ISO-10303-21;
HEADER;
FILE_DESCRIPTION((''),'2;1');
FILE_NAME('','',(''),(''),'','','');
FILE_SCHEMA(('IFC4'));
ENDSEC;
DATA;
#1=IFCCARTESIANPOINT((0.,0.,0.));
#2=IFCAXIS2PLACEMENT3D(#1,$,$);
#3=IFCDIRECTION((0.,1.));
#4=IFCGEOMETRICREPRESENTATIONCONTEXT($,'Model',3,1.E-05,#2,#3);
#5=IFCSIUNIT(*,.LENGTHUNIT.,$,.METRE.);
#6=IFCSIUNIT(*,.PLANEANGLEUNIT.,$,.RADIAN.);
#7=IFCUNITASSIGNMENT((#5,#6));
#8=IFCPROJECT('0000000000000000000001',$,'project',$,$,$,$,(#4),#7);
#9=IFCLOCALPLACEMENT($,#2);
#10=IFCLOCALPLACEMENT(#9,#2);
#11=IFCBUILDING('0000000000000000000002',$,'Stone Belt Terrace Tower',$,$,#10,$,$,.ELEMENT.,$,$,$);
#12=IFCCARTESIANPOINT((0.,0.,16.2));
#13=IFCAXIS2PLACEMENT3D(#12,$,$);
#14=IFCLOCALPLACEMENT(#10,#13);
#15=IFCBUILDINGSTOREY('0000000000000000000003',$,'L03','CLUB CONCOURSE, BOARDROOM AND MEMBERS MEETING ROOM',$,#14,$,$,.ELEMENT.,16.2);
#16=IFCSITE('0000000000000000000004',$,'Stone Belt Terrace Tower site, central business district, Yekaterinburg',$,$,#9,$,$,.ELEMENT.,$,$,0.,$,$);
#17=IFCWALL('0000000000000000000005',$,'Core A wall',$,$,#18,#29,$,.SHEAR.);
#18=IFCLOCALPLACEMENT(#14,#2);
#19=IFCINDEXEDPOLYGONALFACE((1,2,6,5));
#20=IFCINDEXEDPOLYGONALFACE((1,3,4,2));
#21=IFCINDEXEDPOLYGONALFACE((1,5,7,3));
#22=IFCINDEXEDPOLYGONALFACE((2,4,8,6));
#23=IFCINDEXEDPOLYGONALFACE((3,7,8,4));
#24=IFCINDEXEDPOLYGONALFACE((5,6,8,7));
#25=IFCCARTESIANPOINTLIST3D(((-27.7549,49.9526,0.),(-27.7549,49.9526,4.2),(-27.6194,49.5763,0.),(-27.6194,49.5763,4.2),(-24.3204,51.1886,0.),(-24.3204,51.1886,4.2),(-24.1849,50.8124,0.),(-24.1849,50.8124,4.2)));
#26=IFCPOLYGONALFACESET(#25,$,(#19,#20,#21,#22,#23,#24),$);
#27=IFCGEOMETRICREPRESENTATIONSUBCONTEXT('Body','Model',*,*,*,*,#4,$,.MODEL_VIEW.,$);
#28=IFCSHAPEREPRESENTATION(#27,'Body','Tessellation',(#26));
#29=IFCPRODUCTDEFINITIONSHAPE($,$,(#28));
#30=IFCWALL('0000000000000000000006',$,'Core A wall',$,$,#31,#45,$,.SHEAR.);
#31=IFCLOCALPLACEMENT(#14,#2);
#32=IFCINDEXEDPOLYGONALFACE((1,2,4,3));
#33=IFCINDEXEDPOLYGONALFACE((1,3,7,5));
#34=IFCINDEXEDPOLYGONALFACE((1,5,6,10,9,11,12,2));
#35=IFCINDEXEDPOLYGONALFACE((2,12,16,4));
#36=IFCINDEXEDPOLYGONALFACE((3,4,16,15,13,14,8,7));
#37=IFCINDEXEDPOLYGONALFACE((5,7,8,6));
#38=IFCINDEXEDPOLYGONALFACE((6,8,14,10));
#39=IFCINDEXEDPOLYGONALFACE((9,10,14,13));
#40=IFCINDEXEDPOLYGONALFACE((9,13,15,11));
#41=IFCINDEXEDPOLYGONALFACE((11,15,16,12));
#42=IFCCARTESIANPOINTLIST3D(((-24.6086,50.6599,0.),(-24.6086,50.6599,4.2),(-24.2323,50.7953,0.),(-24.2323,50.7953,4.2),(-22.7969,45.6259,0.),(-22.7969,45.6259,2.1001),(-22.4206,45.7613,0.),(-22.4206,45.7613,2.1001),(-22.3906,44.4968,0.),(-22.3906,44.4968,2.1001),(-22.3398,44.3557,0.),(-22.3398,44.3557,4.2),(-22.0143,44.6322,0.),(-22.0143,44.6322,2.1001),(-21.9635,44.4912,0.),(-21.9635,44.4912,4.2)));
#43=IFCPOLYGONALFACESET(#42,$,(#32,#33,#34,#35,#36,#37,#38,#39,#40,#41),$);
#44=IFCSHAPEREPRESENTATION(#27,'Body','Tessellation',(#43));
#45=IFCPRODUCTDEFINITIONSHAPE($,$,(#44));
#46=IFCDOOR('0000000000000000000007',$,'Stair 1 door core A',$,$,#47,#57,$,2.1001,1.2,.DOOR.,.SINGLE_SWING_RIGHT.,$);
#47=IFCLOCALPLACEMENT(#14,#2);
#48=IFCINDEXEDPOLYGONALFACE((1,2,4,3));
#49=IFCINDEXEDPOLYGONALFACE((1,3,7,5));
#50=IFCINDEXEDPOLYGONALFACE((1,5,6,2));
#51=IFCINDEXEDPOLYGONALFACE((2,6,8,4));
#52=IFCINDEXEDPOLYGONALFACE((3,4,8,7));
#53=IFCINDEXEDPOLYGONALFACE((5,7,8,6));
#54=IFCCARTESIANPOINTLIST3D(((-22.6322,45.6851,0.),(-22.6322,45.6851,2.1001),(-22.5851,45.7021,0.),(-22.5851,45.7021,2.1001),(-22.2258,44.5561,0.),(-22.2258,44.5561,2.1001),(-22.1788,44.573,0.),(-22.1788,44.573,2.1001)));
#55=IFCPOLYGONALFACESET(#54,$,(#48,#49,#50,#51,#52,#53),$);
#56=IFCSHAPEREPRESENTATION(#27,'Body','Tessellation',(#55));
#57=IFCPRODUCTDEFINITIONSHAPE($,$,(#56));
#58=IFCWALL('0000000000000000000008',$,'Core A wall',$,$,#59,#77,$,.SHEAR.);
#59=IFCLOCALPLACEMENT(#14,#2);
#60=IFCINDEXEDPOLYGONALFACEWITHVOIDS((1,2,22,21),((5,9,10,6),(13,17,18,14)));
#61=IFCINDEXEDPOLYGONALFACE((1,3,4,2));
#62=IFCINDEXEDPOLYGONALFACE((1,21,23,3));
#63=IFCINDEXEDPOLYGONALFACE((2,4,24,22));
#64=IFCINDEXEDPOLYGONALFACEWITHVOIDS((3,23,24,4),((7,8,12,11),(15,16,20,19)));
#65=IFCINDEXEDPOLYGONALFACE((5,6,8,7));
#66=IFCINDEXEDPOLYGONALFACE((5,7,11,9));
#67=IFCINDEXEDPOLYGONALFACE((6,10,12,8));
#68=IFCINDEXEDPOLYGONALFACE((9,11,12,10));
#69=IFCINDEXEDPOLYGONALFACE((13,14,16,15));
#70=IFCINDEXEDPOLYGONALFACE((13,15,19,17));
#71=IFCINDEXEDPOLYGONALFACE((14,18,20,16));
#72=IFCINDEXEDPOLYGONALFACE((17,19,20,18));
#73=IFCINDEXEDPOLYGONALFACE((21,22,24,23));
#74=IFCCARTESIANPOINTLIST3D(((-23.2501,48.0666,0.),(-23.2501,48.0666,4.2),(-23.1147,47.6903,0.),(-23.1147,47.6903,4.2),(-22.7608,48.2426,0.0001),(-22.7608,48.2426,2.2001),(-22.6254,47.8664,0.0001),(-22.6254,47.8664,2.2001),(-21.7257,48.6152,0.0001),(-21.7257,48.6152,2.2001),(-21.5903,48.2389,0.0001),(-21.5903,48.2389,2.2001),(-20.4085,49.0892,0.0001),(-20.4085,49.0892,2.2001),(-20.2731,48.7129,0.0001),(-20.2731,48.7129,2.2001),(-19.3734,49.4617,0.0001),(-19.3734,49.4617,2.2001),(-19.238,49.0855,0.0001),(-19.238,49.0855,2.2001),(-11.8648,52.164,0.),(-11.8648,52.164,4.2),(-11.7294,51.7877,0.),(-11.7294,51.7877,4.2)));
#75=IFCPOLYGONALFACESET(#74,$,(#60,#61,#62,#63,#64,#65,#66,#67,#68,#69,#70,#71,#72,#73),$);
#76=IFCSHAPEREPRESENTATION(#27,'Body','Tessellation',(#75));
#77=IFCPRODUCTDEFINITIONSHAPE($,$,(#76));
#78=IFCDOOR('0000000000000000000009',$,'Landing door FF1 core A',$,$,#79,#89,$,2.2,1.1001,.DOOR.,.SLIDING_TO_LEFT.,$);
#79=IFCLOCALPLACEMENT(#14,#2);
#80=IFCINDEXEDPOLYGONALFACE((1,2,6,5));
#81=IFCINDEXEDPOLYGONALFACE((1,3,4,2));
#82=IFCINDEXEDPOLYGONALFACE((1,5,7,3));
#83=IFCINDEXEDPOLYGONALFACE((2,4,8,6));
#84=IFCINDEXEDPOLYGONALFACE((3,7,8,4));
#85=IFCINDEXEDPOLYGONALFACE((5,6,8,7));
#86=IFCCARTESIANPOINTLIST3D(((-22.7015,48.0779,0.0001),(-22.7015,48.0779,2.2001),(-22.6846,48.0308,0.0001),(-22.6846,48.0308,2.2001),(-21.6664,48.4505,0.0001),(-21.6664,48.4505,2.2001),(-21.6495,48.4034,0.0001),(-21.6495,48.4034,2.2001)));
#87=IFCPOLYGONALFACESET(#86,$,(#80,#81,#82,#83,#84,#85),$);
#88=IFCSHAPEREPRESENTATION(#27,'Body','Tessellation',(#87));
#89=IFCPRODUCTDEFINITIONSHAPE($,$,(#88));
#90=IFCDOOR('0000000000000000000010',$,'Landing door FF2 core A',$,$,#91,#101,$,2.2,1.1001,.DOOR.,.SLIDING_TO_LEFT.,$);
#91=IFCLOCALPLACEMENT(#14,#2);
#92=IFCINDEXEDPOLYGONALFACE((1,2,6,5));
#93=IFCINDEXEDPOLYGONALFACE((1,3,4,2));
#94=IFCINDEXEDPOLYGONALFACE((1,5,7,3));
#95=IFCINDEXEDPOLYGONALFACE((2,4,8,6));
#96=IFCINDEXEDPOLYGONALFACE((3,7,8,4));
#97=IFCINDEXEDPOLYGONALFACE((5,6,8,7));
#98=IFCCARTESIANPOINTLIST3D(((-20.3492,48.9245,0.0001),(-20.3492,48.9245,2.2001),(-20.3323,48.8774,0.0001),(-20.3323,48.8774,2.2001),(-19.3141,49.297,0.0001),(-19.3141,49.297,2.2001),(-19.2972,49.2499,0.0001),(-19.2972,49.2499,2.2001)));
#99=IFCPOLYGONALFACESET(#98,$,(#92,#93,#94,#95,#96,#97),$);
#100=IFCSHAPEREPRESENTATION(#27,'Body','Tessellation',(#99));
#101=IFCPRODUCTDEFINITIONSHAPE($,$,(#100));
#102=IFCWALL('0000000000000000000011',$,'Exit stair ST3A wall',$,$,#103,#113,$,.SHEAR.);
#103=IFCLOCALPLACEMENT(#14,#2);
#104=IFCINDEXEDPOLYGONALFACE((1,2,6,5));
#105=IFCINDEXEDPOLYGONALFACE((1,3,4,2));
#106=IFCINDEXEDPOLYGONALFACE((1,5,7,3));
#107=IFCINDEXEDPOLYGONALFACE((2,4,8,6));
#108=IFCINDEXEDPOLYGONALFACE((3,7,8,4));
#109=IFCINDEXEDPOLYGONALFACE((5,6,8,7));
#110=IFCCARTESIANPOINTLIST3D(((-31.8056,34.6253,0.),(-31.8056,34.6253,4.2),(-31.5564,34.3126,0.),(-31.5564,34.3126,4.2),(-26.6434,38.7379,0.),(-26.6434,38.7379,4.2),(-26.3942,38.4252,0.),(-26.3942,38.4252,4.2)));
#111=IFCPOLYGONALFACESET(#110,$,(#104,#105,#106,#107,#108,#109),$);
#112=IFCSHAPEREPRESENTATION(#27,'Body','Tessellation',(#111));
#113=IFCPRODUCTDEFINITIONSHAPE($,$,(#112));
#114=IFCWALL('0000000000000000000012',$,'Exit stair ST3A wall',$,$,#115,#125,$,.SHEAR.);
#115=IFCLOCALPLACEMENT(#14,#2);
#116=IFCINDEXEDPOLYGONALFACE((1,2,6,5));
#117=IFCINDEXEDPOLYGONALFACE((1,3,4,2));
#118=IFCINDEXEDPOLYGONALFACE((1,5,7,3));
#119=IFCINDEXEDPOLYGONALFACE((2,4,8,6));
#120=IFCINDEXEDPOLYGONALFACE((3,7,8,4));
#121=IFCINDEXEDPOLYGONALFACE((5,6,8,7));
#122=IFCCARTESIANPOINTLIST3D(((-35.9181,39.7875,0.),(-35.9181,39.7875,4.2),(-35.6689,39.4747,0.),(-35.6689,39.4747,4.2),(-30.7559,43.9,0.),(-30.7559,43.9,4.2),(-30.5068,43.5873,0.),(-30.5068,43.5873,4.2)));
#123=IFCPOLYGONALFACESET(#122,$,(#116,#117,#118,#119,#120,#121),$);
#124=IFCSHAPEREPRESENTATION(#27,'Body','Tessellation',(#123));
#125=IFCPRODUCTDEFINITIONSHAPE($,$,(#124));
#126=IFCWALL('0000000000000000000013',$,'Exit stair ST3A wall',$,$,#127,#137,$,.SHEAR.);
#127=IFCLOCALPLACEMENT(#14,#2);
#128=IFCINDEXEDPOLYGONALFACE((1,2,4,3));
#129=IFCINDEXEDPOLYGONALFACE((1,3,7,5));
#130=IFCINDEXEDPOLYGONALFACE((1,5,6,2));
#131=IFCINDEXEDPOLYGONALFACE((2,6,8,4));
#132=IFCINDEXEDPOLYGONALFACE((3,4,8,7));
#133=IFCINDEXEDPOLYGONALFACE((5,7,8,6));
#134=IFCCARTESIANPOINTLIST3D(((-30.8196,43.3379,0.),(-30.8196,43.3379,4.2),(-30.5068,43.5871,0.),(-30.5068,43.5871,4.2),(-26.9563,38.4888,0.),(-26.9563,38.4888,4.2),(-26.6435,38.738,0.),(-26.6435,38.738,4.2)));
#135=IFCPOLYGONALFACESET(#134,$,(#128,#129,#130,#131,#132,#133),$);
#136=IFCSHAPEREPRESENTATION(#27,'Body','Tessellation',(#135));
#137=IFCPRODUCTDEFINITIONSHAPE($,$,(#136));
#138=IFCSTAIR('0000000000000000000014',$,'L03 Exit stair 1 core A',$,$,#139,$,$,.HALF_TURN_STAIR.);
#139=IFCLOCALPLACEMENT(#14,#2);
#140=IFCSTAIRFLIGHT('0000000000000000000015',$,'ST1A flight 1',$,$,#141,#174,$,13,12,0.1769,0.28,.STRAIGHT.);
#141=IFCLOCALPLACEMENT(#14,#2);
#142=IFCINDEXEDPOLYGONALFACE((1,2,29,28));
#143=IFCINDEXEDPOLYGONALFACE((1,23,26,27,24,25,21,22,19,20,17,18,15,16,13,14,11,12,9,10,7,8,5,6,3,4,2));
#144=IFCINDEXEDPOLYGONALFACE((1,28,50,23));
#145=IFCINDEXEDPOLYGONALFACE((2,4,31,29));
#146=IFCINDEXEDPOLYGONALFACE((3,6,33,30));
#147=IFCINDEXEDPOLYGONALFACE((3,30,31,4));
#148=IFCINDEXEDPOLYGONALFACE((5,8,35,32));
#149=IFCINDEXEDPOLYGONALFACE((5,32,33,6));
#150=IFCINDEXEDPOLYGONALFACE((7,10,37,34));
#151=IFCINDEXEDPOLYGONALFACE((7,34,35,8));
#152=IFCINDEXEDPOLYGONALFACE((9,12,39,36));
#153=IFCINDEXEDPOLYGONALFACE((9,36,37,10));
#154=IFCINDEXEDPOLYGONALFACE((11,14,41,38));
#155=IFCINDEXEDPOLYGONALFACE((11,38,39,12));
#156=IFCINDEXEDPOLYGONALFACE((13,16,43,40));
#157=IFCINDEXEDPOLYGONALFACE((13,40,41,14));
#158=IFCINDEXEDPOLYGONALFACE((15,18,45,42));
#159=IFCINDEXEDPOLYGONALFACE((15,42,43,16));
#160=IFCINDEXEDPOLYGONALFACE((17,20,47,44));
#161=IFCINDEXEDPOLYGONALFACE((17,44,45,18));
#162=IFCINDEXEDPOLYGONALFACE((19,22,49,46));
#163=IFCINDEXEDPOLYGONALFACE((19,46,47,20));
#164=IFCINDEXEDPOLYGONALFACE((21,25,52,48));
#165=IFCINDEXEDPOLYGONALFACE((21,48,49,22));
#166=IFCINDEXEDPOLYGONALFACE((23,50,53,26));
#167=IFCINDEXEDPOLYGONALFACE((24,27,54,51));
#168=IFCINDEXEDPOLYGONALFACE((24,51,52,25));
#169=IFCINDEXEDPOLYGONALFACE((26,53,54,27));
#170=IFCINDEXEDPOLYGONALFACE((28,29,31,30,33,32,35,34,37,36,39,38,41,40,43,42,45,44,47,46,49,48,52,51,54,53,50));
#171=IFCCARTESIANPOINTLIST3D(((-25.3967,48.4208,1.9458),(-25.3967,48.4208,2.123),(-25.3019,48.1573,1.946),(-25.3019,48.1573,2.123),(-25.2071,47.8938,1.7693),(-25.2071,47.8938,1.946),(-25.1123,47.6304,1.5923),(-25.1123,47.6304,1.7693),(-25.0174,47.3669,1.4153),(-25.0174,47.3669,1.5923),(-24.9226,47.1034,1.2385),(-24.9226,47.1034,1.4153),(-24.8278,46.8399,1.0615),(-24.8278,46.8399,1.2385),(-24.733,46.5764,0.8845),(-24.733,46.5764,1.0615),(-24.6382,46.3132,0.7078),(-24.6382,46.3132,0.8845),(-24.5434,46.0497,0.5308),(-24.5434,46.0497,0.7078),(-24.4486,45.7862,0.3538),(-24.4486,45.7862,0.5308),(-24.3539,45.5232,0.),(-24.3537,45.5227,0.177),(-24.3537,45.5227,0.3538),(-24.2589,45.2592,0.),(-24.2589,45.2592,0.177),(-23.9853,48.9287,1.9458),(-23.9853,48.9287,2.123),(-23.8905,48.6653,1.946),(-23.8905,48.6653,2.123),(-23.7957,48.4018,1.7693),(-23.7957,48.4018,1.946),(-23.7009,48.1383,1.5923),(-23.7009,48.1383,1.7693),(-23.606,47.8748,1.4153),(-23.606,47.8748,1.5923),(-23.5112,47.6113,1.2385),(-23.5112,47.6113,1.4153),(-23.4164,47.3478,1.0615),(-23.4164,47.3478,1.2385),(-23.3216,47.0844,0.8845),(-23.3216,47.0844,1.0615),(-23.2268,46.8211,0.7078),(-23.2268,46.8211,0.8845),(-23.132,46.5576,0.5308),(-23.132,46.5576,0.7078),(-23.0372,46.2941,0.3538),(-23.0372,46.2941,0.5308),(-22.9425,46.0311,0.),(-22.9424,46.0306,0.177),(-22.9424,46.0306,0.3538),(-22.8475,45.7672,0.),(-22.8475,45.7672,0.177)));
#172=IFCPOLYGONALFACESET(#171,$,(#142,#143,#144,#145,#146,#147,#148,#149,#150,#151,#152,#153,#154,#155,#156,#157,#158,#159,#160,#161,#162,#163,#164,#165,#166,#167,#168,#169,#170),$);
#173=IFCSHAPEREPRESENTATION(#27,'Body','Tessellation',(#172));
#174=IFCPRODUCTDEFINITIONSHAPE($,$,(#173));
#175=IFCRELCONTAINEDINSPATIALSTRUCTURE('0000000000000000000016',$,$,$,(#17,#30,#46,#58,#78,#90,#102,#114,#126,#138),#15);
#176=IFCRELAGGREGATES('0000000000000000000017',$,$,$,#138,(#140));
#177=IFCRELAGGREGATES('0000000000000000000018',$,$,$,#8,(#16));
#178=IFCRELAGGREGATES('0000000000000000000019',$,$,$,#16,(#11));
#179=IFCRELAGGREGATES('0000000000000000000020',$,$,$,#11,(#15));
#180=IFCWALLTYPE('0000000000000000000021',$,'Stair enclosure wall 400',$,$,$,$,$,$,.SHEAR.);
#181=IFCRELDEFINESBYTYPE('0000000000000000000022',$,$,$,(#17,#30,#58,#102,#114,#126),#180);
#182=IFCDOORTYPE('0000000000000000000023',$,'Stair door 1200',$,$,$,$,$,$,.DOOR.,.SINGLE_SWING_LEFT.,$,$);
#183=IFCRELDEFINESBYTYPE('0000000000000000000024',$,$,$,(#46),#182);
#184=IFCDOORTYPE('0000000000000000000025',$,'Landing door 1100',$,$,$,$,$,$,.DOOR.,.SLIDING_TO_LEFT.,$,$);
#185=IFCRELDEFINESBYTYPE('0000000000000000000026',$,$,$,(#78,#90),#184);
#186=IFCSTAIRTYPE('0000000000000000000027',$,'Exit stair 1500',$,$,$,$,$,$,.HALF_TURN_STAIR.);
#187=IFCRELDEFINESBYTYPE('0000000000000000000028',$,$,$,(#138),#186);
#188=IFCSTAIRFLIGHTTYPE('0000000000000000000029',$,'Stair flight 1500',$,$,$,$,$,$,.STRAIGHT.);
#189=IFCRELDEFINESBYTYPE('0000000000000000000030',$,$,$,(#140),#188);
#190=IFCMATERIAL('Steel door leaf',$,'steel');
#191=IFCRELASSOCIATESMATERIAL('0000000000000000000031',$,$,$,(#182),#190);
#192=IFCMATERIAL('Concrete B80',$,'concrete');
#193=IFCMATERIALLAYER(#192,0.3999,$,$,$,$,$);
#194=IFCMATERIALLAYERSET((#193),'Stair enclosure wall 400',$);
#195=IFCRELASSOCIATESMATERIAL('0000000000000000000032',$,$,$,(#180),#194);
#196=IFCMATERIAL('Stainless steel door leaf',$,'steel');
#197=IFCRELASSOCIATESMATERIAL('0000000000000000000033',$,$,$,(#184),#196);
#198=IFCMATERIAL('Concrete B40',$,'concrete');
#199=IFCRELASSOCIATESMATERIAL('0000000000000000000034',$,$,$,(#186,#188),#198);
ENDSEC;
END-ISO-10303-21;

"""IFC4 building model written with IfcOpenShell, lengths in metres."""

from ifc_helpers import new_model, si_unit, direction, frame, frame_2d, origin, place, context, subcontext, project, spatial, polyline, rectangle, outline, extrude, material, layer, layer_set, type_object, element, fill, aggregate, save


model = new_model("IFC4")

# Units and contexts
model_context = context("Model", 3, precision=1e-05, world=origin(), true_north=direction((0.0, 1.0)))
body_context = subcontext(model_context, "Body", "Model", "MODEL_VIEW")
ifc_project = project(units=[si_unit("LENGTHUNIT", "METRE"), si_unit("PLANEANGLEUNIT", "RADIAN")], contexts=[model_context])

# Site, building, storey
site_placement = place(None, origin())
site = spatial("IfcSite", under=ifc_project, at=site_placement, Name="Stone Belt Terrace Tower site, central business district, Yekaterinburg", CompositionType="ELEMENT", RefElevation=0.0)
building_placement = place(site_placement, origin())
building = spatial("IfcBuilding", under=site, at=building_placement, Name="Stone Belt Terrace Tower", CompositionType="ELEMENT")
storey_placement = place(building_placement, frame((0.0, 0.0, 16.2)))
storey = spatial("IfcBuildingStorey", under=building, at=storey_placement, Name="L03", Description="CLUB CONCOURSE, BOARDROOM AND MEMBERS MEETING ROOM", CompositionType="ELEMENT", Elevation=16.2)

# Shared definitions
ifc_material_1 = material(Name="Concrete B80", Category="concrete")

# Shared definitions
ifc_material_2 = material(Name="Steel door leaf", Category="steel")
door_type_1 = type_object("IfcDoorType", Name="Stair door 1200", OperationType="SINGLE_SWING_LEFT", PredefinedType="DOOR", material=ifc_material_2)

# Wall
ifc_layer_1 = layer(ifc_material_1, 0.3999)
ifc_layer_set_1 = layer_set([ifc_layer_1], Name="Stair enclosure wall 400")
wall_type_1 = type_object("IfcWallType", Name="Stair enclosure wall 400", PredefinedType="SHEAR", material=ifc_layer_set_1)
wall_1_placement = place(storey_placement, frame((-27.6873, 49.7644, 0.0), z_axis=(0.0, 0.0, 1.0), x_axis=(0.940919, 0.338632, 0.0)))
element("IfcWall", 1, at=wall_1_placement, inside=storey, type_object=wall_type_1, Name="Core A wall", PredefinedType="SHEAR", context=body_context, shape_type="SweptSolid", body=[
    extrude(rectangle(XDim=3.6501, YDim=0.3999, at=frame_2d((1.8252, 0.0))), origin(), (0.0, 0.0, 1.0), 4.2),
])

# Wall, opening, door
wall_2_placement = place(storey_placement, frame((-22.1516, 44.4233, 0.0), z_axis=(0.0, 0.0, 1.0), x_axis=(-0.338625, 0.940921, 0.0)))
wall_2 = element("IfcWall", 2, at=wall_2_placement, inside=storey, type_object=wall_type_1, Name="Core A wall", PredefinedType="SHEAR", context=body_context, shape_type="SweptSolid", body=[
    extrude(rectangle(XDim=6.7, YDim=0.3999, at=frame_2d((3.3501, 0.0))), origin(), (0.0, 0.0, 1.0), 4.2),
])
opening_1_placement = place(wall_2_placement, frame((0.1499, 0.0, 0.0)))
opening_1 = element("IfcOpeningElement", 3, at=opening_1_placement, cuts=wall_2, PredefinedType="OPENING", context=body_context, shape_type="SweptSolid", body=[
    extrude(rectangle(XDim=1.2, YDim=2.1001, at=frame_2d((0.6001, 1.05))), frame((0.0, 0.21, 0.0), z_axis=(0.0, -1.0, 0.0), x_axis=(1.0, 0.0, 0.0)), (0.0, 0.0, 1.0), 0.4199),
])
door_1_placement = place(opening_1_placement, origin())
door_1 = element("IfcDoor", 4, at=door_1_placement, inside=storey, type_object=door_type_1, Name="Stair 1 door core A", OperationType="SINGLE_SWING_RIGHT", OverallHeight=2.1001, OverallWidth=1.2, PredefinedType="DOOR", context=body_context, shape_type="SweptSolid", body=[
    extrude(rectangle(XDim=1.2, YDim=2.1001, at=frame_2d((0.6001, 1.05))), frame((0.0, 0.0249, 0.0), z_axis=(0.0, -1.0, 0.0), x_axis=(1.0, 0.0, 0.0)), (0.0, 0.0, 1.0), 0.05),
])
fill(opening_1, door_1)

# Wall, openings, doors
wall_3_placement = place(storey_placement, frame((-23.1824, 47.8784, 0.0), z_axis=(0.0, 0.0, 1.0), x_axis=(0.940921, 0.338626, 0.0)))
wall_3 = element("IfcWall", 5, at=wall_3_placement, inside=storey, type_object=wall_type_1, Name="Core A wall", PredefinedType="SHEAR", context=body_context, shape_type="SweptSolid", body=[
    extrude(rectangle(XDim=12.1001, YDim=0.3999, at=frame_2d((6.05, 0.0))), origin(), (0.0, 0.0, 1.0), 4.2),
])
opening_2_placement = place(wall_3_placement, frame((0.52, 0.0, 0.0)))
opening_2 = element("IfcOpeningElement", 6, at=opening_2_placement, cuts=wall_3, PredefinedType="OPENING", context=body_context, shape_type="SweptSolid", body=[
    extrude(rectangle(XDim=1.1001, YDim=2.2, at=frame_2d((0.55, 1.1001))), frame((0.0, 0.21, 0.0), z_axis=(0.0, -1.0, 0.0), x_axis=(1.0, 0.0, 0.0)), (0.0, 0.0, 1.0), 0.4199),
])
opening_3_placement = place(wall_3_placement, frame((3.02, 0.0, 0.0)))
opening_3 = element("IfcOpeningElement", 7, at=opening_3_placement, cuts=wall_3, PredefinedType="OPENING", context=body_context, shape_type="SweptSolid", body=[
    extrude(rectangle(XDim=1.1001, YDim=2.2, at=frame_2d((0.55, 1.1001))), frame((0.0, 0.21, 0.0), z_axis=(0.0, -1.0, 0.0), x_axis=(1.0, 0.0, 0.0)), (0.0, 0.0, 1.0), 0.4199),
])
ifc_material_3 = material(Name="Stainless steel door leaf", Category="steel")
door_type_2 = type_object("IfcDoorType", Name="Landing door 1100", OperationType="SLIDING_TO_LEFT", PredefinedType="DOOR", material=ifc_material_3)
door_2_placement = place(opening_2_placement, origin())
door_2 = element("IfcDoor", 8, at=door_2_placement, inside=storey, type_object=door_type_2, Name="Landing door FF1 core A", OperationType="SLIDING_TO_LEFT", OverallHeight=2.2, OverallWidth=1.1001, PredefinedType="DOOR", context=body_context, shape_type="SweptSolid", body=[
    extrude(rectangle(XDim=1.1001, YDim=2.2, at=frame_2d((0.55, 1.1001))), frame((0.0, 0.0249, 0.0), z_axis=(0.0, -1.0, 0.0), x_axis=(1.0, 0.0, 0.0)), (0.0, 0.0, 1.0), 0.05),
])
fill(opening_2, door_2)
door_3_placement = place(opening_3_placement, origin())
door_3 = element("IfcDoor", 9, at=door_3_placement, inside=storey, type_object=door_type_2, Name="Landing door FF2 core A", OperationType="SLIDING_TO_LEFT", OverallHeight=2.2, OverallWidth=1.1001, PredefinedType="DOOR", context=body_context, shape_type="SweptSolid", body=[
    extrude(rectangle(XDim=1.1001, YDim=2.2, at=frame_2d((0.55, 1.1001))), frame((0.0, 0.0249, 0.0), z_axis=(0.0, -1.0, 0.0), x_axis=(1.0, 0.0, 0.0)), (0.0, 0.0, 1.0), 0.05),
])
fill(opening_3, door_3)

# Walls
for number, where, z_axis, x_axis, name in (
    (10, (-26.5188, 38.5815, 0.0), (0.0, 0.0, 1.0), (-0.782134, -0.62311, 0.0), "Exit stair ST3A wall"),
    (11, (-30.6313, 43.7437, 0.0), (0.0, 0.0, 1.0), (-0.782134, -0.62311, 0.0), "Exit stair ST3A wall"),
):
    element("IfcWall", number, at=place(storey_placement, frame(where, z_axis=z_axis, x_axis=x_axis)), inside=storey, type_object=wall_type_1, Name=name, PredefinedType="SHEAR", context=body_context, shape_type="SweptSolid", body=[
        extrude(rectangle(XDim=6.6001, YDim=0.3999, at=frame_2d((3.3, 0.0))), origin(), (0.0, 0.0, 1.0), 4.2),
    ])
wall_4_placement = place(storey_placement, frame((-26.7998, 38.6133, 0.0), z_axis=(0.0, 0.0, 1.0), x_axis=(-0.623119, 0.782127, 0.0)))
element("IfcWall", 12, at=wall_4_placement, inside=storey, type_object=wall_type_1, Name="Exit stair ST3A wall", PredefinedType="SHEAR", context=body_context, shape_type="SweptSolid", body=[
    extrude(rectangle(XDim=6.2, YDim=0.3999, at=frame_2d((3.1001, 0.0))), origin(), (0.0, 0.0, 1.0), 4.2),
])

# Stair, stair flight
ifc_material_4 = material(Name="Concrete B40", Category="concrete")
stair_type = type_object("IfcStairType", Name="Exit stair 1500", PredefinedType="HALF_TURN_STAIR", material=ifc_material_4)
stair_1_placement = place(storey_placement, origin())
stair_1 = element("IfcStair", 13, at=stair_1_placement, inside=storey, type_object=stair_type, Name="L03 Exit stair 1 core A", PredefinedType="HALF_TURN_STAIR")
stair_flight_type = type_object("IfcStairFlightType", Name="Stair flight 1500", PredefinedType="STRAIGHT", material=ifc_material_4)
stair_flight_1_placement = place(storey_placement, frame((-23.5532, 45.5132, 0.0), z_axis=(0.0, 0.0, 1.0), x_axis=(-0.338624, 0.940922, 0.0)))
stair_flight_1 = element("IfcStairFlight", 14, at=stair_flight_1_placement, type_object=stair_flight_type, Name="ST1A flight 1", NumberOfRisers=13, NumberOfTreads=12, PredefinedType="STRAIGHT", RiserHeight=0.1769, TreadLength=0.28, context=body_context, shape_type="SweptSolid", body=[
    extrude(outline(polyline([(0.0, 0.0), (0.0, 0.177), (0.28, 0.177), (0.28, 0.3538), (0.5601, 0.3538), (0.5601, 0.5308), (0.8401, 0.5308), (0.8401, 0.7078), (1.1201, 0.7078), (1.1201, 0.8845), (1.3999, 0.8845), (1.3999, 1.0615), (1.6799, 1.0615), (1.6799, 1.2385), (1.96, 1.2385), (1.96, 1.4153), (2.24, 1.4153), (2.24, 1.5923), (2.52, 1.5923), (2.52, 1.7693), (2.8, 1.7693), (2.8, 1.946), (3.0801, 1.946), (3.0801, 2.123), (3.3601, 2.123), (3.3601, 2.3), (3.3601, 1.9458), (0.2805, 0.0), (0.0, 0.0)])), frame((0.0, 0.75, 0.0), z_axis=(0.0, -1.0, 0.0), x_axis=(1.0, 0.0, 0.0)), (0.0, 0.0, 1.0), 1.5),
])
aggregate(stair_1, [stair_flight_1])

save(model, "model.ifc")
